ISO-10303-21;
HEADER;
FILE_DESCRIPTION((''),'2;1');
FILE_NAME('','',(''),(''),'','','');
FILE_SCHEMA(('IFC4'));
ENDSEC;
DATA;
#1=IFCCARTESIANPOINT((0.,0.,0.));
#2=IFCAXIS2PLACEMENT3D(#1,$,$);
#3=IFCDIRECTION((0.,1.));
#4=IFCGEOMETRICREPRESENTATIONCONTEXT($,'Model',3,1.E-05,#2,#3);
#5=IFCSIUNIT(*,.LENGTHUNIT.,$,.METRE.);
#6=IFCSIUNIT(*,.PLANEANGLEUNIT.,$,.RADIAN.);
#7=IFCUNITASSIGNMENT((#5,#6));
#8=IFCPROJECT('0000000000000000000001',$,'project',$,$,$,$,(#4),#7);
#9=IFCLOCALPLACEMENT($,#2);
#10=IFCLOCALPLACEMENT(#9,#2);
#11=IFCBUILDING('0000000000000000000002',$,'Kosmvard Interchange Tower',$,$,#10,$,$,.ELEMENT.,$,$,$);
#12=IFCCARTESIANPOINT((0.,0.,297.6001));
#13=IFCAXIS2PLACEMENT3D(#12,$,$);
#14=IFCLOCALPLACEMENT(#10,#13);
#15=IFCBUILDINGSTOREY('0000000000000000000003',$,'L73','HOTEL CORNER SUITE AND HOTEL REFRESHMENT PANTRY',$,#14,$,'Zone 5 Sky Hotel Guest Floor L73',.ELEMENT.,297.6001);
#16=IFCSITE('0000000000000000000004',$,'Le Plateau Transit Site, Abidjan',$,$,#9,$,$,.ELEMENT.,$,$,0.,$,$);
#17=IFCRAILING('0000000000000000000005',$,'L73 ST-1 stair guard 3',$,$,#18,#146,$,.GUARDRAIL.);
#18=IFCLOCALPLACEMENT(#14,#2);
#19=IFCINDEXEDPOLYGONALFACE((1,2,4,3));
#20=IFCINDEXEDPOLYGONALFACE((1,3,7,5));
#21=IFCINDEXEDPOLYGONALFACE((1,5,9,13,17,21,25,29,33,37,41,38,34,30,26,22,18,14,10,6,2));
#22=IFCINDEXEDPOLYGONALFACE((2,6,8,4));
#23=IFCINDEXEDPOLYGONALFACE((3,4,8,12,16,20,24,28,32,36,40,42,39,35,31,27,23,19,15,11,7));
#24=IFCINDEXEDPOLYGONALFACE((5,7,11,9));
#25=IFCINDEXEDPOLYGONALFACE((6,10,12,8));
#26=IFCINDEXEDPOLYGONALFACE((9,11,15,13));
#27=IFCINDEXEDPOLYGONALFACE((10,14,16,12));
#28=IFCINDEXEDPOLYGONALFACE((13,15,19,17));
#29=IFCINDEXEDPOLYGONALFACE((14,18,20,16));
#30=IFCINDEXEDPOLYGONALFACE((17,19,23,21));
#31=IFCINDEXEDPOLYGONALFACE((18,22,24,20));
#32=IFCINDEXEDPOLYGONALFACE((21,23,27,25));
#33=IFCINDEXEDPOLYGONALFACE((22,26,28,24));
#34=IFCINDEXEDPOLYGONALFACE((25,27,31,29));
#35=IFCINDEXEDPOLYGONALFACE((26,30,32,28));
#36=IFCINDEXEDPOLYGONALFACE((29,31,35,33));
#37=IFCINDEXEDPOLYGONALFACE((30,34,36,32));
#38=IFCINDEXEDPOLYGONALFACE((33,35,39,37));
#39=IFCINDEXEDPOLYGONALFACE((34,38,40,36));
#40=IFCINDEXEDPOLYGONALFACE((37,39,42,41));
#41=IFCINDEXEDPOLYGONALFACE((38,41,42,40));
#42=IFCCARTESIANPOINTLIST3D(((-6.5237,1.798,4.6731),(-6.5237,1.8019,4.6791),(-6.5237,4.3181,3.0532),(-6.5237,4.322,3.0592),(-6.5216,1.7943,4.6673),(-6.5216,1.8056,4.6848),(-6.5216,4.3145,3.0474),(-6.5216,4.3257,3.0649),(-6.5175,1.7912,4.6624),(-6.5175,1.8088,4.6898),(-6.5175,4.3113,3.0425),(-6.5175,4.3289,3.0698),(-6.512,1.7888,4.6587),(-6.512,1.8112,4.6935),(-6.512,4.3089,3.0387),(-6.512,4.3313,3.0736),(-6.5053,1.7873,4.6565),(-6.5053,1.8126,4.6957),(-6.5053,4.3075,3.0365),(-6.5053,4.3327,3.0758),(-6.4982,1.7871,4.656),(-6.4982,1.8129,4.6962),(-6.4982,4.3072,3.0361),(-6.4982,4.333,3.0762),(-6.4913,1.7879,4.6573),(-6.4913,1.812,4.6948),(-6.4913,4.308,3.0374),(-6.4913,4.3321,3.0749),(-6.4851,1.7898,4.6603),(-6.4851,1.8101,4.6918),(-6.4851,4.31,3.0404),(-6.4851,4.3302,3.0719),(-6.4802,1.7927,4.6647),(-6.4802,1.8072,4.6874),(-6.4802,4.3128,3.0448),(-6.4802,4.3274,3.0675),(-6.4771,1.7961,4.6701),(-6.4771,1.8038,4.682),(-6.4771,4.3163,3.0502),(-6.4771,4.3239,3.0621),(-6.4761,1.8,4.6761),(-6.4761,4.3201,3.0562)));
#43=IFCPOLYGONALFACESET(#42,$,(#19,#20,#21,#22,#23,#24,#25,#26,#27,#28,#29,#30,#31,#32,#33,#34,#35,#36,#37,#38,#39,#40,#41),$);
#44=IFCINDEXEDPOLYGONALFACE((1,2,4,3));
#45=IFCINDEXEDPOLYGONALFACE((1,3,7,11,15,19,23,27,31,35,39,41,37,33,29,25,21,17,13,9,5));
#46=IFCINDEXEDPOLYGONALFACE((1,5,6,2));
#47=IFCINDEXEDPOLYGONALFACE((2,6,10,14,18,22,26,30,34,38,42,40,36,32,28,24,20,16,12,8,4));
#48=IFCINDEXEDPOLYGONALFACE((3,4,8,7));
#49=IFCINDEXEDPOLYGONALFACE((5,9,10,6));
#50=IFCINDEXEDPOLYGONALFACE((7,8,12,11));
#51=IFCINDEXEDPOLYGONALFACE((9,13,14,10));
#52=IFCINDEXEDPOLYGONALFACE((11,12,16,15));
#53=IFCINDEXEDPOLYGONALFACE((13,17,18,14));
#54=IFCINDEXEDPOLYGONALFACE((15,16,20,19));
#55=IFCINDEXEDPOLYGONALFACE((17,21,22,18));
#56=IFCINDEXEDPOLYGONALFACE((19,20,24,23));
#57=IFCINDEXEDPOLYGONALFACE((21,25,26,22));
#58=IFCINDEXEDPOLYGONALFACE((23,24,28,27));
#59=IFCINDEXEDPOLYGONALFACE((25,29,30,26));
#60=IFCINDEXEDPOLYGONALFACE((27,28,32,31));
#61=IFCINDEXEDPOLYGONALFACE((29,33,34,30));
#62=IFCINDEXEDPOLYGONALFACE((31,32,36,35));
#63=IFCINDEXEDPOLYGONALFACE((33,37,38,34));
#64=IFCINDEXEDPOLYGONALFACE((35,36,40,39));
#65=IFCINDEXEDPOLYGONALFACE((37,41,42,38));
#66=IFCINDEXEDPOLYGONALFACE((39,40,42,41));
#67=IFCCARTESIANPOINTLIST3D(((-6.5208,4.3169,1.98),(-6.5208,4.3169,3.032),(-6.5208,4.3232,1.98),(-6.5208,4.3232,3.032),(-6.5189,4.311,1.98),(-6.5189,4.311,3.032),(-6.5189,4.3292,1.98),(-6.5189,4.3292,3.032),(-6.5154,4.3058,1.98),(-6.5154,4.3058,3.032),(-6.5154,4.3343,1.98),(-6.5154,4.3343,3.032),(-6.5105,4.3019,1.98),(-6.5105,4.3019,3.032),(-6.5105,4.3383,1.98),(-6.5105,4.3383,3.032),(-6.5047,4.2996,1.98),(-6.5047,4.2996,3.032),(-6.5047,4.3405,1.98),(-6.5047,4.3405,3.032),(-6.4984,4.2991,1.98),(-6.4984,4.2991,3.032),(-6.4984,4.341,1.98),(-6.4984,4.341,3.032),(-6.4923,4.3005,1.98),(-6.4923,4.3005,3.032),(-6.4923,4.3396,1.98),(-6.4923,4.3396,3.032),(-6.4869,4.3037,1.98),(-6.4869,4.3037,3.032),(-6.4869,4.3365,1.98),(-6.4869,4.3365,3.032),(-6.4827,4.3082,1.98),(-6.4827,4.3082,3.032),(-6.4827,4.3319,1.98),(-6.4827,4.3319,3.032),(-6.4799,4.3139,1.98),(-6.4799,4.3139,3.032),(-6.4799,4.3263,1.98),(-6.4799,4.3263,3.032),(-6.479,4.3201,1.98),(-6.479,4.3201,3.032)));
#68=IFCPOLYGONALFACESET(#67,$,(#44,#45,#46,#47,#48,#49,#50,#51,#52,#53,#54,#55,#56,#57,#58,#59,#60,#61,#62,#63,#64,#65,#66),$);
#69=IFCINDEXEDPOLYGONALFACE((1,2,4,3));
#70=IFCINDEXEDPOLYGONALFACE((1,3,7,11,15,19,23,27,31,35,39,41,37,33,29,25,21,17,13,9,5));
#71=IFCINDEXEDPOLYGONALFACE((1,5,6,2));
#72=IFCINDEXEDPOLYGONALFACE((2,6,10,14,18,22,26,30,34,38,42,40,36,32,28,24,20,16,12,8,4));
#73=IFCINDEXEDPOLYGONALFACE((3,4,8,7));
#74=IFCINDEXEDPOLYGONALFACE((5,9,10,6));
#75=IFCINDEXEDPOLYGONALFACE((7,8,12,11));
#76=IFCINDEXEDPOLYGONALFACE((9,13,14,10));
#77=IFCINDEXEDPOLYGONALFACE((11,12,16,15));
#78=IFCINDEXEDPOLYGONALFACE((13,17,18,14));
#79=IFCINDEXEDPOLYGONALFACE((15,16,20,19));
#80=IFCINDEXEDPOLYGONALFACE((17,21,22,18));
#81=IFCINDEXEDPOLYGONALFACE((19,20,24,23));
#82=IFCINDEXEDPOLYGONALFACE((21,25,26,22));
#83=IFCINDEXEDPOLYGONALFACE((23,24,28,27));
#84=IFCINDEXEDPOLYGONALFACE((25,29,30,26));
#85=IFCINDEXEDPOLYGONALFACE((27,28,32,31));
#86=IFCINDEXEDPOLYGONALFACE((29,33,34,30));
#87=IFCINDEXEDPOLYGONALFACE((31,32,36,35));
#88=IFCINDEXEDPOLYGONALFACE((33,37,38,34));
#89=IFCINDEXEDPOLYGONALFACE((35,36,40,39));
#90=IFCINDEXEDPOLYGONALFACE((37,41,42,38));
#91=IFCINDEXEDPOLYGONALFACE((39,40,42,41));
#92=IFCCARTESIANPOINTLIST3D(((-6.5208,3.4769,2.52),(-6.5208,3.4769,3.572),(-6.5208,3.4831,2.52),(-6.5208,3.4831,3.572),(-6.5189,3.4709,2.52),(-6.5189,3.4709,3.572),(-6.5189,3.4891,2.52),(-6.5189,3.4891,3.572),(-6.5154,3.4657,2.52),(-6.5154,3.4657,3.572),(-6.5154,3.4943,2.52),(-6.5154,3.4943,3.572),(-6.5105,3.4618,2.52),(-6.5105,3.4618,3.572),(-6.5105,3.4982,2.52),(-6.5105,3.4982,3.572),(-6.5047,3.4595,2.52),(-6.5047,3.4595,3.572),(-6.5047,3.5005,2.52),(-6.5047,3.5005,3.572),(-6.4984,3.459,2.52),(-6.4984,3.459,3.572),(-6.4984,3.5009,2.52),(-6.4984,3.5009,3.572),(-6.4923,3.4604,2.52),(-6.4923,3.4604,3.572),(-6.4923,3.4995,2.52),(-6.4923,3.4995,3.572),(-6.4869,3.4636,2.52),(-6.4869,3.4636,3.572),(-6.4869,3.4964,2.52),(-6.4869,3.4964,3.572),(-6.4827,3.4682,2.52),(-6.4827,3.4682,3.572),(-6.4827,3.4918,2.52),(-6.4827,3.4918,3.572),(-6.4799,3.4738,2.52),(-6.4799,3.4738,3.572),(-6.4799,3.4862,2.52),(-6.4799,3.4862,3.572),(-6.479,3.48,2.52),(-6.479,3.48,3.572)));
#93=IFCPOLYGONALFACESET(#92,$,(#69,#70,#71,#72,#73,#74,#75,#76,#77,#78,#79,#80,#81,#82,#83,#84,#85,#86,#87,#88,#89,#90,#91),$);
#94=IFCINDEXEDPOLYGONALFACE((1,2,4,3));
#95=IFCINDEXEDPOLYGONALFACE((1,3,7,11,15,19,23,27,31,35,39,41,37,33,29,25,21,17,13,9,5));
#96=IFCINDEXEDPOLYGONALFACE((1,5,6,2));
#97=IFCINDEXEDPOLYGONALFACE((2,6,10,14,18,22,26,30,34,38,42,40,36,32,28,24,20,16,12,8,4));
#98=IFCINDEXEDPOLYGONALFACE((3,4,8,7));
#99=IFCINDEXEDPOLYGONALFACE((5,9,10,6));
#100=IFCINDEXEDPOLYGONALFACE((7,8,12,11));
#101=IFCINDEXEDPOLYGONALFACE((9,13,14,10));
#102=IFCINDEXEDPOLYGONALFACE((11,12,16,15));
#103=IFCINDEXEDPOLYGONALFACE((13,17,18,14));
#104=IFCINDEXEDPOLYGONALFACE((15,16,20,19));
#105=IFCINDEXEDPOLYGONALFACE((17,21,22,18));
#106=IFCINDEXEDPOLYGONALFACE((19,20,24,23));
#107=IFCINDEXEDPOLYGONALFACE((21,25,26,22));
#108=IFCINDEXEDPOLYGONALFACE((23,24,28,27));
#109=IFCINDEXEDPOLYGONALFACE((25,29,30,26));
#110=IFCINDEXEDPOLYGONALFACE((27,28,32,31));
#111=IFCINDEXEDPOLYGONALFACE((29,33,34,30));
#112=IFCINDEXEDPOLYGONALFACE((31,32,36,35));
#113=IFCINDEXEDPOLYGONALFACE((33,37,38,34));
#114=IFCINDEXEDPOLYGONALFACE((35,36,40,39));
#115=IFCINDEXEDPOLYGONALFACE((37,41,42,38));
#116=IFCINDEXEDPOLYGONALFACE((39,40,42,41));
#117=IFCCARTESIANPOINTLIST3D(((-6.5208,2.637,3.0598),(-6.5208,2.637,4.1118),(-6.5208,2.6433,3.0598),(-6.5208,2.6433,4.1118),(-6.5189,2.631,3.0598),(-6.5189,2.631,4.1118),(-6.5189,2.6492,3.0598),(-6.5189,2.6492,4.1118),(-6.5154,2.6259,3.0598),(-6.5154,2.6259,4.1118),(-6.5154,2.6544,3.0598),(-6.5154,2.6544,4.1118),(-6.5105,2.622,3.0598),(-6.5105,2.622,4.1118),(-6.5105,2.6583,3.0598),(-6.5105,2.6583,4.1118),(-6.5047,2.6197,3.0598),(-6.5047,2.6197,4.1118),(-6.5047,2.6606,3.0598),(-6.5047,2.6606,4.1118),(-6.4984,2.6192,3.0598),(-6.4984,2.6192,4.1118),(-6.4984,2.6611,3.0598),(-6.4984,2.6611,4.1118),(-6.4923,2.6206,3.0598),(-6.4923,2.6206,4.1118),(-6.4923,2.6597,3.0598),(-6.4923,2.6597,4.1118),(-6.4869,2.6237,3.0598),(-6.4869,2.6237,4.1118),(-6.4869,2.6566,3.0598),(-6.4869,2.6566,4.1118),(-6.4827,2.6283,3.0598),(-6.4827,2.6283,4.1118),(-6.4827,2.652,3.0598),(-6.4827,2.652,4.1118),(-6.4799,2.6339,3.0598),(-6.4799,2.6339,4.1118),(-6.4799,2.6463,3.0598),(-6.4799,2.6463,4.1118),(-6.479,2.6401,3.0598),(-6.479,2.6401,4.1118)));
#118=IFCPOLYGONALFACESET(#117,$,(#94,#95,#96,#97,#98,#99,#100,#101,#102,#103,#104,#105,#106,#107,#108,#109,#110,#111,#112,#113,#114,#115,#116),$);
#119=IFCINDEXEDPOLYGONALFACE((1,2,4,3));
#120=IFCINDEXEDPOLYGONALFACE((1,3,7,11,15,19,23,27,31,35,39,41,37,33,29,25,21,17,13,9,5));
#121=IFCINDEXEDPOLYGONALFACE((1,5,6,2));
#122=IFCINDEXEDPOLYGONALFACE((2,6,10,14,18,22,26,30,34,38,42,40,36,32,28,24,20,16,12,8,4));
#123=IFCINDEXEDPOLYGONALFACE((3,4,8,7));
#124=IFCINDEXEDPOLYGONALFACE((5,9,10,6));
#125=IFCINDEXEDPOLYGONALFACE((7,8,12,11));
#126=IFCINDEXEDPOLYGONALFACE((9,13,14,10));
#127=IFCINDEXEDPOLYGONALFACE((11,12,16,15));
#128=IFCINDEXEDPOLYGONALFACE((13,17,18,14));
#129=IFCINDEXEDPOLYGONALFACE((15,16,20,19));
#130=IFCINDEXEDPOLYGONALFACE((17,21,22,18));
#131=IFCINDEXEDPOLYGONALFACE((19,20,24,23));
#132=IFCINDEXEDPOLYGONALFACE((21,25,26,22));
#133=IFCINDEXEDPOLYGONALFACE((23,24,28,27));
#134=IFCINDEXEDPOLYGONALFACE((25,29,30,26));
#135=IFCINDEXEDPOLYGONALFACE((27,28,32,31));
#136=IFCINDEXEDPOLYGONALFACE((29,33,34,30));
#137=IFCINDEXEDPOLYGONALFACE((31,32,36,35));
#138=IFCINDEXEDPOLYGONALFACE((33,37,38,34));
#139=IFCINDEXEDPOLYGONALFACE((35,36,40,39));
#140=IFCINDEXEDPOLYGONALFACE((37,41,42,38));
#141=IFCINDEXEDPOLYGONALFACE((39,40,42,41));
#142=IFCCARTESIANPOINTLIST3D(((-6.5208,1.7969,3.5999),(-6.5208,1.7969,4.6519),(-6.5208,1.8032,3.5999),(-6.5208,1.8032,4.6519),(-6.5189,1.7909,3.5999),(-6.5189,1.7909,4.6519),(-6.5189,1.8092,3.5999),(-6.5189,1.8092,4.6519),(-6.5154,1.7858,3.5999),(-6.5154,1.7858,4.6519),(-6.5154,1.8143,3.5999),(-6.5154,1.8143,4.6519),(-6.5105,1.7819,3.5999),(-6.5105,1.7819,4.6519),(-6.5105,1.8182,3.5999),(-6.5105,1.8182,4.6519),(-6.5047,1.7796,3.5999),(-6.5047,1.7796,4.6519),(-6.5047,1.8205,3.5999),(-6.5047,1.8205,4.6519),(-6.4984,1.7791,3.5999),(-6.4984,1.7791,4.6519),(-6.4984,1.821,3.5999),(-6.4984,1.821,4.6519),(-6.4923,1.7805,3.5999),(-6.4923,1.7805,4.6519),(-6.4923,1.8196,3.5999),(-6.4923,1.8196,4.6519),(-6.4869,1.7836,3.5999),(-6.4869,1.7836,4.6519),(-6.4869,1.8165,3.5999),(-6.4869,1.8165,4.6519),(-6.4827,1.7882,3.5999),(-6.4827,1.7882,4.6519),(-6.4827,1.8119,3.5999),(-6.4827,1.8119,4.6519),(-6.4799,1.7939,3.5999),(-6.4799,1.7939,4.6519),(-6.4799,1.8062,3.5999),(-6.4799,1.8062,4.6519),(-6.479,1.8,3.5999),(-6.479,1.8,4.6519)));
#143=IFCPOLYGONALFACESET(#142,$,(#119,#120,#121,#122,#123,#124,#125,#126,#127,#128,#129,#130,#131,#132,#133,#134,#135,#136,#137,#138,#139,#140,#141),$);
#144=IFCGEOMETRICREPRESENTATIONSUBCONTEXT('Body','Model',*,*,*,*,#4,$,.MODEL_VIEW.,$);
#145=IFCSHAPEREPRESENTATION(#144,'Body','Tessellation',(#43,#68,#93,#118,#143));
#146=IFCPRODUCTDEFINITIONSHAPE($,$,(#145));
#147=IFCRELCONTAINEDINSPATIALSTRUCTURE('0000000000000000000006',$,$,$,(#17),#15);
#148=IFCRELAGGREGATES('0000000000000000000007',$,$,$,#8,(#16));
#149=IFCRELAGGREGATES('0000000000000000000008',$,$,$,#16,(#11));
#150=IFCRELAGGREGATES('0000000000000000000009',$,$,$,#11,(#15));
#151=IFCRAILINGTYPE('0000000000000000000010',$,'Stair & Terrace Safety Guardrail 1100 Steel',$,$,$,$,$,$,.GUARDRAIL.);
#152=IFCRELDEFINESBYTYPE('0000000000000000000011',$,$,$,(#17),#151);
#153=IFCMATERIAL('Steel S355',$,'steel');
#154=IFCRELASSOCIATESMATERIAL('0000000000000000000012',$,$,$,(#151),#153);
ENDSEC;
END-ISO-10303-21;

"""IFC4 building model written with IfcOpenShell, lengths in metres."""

from ifc_helpers import new_model, si_unit, direction, frame, origin, origin_2d, place, context, subcontext, project, spatial, circle, extrude, source, transform, mapped, material, type_object, element, save


model = new_model("IFC4")

# Units and contexts
model_context = context("Model", 3, precision=1e-05, world=origin(), true_north=direction((0.0, 1.0)))
body_context = subcontext(model_context, "Body", "Model", "MODEL_VIEW")
ifc_project = project(units=[si_unit("LENGTHUNIT", "METRE"), si_unit("PLANEANGLEUNIT", "RADIAN")], contexts=[model_context])

# Site, building, storey
site_placement = place(None, origin())
site = spatial("IfcSite", under=ifc_project, at=site_placement, Name="Le Plateau Transit Site, Abidjan", CompositionType="ELEMENT", RefElevation=0.0)
building_placement = place(site_placement, origin())
building = spatial("IfcBuilding", under=site, at=building_placement, Name="Kosmvard Interchange Tower", CompositionType="ELEMENT")
storey_placement = place(building_placement, frame((0.0, 0.0, 297.6001)))
storey = spatial("IfcBuildingStorey", under=building, at=storey_placement, Name="L73", Description="HOTEL CORNER SUITE AND HOTEL REFRESHMENT PANTRY", LongName="Zone 5 Sky Hotel Guest Floor L73", CompositionType="ELEMENT", Elevation=297.6001)

# Shared definitions
ifc_material_1 = material(Name="Steel S355", Category="steel")

# Railing
railing_type_1 = type_object("IfcRailingType", Name="Stair & Terrace Safety Guardrail 1100 Steel", PredefinedType="GUARDRAIL", material=ifc_material_1)
shared_shape_1 = source(origin(), body_context, "Body", "SweptSolid", [
    extrude(circle(Radius=0.0239, at=origin_2d()), frame((0.0, 0.0, 1.0762), z_axis=(0.0, -0.8412, 0.540725), x_axis=(1.0, 0.0, 0.0)), (0.0, 0.0, 1.0), 2.9958),
    extrude(circle(Radius=0.021, at=origin_2d()), origin(), (0.0, 0.0, 1.0), 1.052),
    extrude(circle(Radius=0.021, at=origin_2d()), frame((0.0, -0.8401, 0.54)), (0.0, 0.0, 1.0), 1.052),
    extrude(circle(Radius=0.021, at=origin_2d()), frame((0.0, -1.6799, 1.0798)), (0.0, 0.0, 1.0), 1.052),
    extrude(circle(Radius=0.021, at=origin_2d()), frame((0.0, -2.52, 1.6199)), (0.0, 0.0, 1.0), 1.052),
])
railing_1_placement = place(storey_placement, frame((-6.5, 4.3201, 1.98)))
element("IfcRailing", 1, at=railing_1_placement, inside=storey, type_object=railing_type_1, Name="L73 ST-1 stair guard 3", PredefinedType="GUARDRAIL", context=body_context, shape_type="MappedRepresentation", body=[
    mapped(shared_shape_1, transform((0.0, 0.0, 0.0), scale=1.0)),
])

save(model, "model.ifc")
